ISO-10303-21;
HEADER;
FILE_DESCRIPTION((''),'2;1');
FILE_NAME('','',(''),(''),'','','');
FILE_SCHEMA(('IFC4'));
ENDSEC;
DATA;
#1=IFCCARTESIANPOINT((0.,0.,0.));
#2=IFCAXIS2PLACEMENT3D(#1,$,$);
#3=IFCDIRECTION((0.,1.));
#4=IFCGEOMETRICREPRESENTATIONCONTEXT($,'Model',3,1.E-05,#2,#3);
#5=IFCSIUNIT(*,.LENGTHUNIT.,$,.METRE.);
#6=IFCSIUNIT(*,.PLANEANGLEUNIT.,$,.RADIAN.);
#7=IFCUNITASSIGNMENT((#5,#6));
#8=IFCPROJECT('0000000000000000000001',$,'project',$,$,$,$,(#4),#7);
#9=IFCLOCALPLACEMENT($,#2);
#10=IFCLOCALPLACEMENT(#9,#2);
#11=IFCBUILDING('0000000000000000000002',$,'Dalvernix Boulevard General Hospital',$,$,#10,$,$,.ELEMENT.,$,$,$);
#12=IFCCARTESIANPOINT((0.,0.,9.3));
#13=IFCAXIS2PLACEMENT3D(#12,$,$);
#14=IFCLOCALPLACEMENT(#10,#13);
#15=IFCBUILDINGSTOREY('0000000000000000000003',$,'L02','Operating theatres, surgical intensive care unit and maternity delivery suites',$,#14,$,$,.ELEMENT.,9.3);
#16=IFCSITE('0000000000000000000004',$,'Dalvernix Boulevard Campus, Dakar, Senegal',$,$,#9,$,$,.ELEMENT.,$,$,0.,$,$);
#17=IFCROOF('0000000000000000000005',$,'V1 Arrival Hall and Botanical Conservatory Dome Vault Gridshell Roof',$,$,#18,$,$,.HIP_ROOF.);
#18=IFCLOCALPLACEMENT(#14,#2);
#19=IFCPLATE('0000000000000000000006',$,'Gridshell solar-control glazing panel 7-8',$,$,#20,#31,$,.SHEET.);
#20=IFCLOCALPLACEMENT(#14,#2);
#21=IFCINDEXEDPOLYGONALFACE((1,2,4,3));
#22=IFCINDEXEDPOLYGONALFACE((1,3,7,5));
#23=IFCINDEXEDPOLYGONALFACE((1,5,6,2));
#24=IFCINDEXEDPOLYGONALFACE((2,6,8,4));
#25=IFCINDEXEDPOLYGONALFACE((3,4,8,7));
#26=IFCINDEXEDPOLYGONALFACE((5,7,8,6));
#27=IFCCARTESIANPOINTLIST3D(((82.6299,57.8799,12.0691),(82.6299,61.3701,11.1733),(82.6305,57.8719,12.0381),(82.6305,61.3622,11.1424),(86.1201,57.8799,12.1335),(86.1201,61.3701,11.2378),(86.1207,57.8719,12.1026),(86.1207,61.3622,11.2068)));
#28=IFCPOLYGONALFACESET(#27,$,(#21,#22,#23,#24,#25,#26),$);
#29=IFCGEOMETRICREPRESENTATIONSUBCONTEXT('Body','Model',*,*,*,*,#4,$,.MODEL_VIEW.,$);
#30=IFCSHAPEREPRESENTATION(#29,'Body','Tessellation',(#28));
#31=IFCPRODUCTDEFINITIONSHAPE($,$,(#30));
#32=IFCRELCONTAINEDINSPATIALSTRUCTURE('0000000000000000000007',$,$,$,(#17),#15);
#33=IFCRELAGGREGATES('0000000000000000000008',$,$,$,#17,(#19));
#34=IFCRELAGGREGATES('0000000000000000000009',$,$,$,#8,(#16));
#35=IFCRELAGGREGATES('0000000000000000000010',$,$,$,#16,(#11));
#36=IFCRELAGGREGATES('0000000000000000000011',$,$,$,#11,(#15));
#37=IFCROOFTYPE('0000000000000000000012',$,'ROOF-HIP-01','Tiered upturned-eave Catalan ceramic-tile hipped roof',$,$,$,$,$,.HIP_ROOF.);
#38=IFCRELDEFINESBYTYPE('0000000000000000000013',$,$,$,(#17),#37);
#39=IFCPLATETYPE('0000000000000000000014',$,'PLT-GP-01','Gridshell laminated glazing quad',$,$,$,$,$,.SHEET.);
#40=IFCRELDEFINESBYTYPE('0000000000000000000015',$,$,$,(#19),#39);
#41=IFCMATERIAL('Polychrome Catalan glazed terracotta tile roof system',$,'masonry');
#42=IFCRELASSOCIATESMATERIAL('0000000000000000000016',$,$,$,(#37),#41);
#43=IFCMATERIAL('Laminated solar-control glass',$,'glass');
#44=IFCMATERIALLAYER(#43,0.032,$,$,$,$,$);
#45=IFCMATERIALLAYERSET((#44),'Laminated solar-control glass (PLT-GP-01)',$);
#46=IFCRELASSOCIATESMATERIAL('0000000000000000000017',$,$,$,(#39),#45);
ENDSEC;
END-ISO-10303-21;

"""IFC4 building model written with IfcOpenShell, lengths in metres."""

from ifc_helpers import new_model, si_unit, direction, frame, origin, place, context, subcontext, project, spatial, polyline, outline, extrude, material, layer, layer_set, type_object, element, aggregate, save


model = new_model("IFC4")

# Units and contexts
model_context = context("Model", 3, precision=1e-05, world=origin(), true_north=direction((0.0, 1.0)))
body_context = subcontext(model_context, "Body", "Model", "MODEL_VIEW")
ifc_project = project(units=[si_unit("LENGTHUNIT", "METRE"), si_unit("PLANEANGLEUNIT", "RADIAN")], contexts=[model_context])

# Site, building, storey
site_placement = place(None, origin())
site = spatial("IfcSite", under=ifc_project, at=site_placement, Name="Dalvernix Boulevard Campus, Dakar, Senegal", CompositionType="ELEMENT", RefElevation=0.0)
building_placement = place(site_placement, origin())
building = spatial("IfcBuilding", under=site, at=building_placement, Name="Dalvernix Boulevard General Hospital", CompositionType="ELEMENT")
storey_placement = place(building_placement, frame((0.0, 0.0, 9.3)))
storey = spatial("IfcBuildingStorey", under=building, at=storey_placement, Name="L02", Description="Operating theatres, surgical intensive care unit and maternity delivery suites", CompositionType="ELEMENT", Elevation=9.3)

# Roof, plate
ifc_material_1 = material(Name="Polychrome Catalan glazed terracotta tile roof system", Category="masonry")
roof_type = type_object("IfcRoofType", Name="ROOF-HIP-01", Description="Tiered upturned-eave Catalan ceramic-tile hipped roof", PredefinedType="HIP_ROOF", material=ifc_material_1)
roof_placement = place(storey_placement, origin())
roof = element("IfcRoof", 1, at=roof_placement, inside=storey, type_object=roof_type, Name="V1 Arrival Hall and Botanical Conservatory Dome Vault Gridshell Roof", PredefinedType="HIP_ROOF")
ifc_material_2 = material(Name="Laminated solar-control glass", Category="glass")
ifc_layer_1 = layer(ifc_material_2, 0.032)
ifc_layer_set_1 = layer_set([ifc_layer_1], Name="Laminated solar-control glass (PLT-GP-01)")
plate_type_1 = type_object("IfcPlateType", Name="PLT-GP-01", Description="Gridshell laminated glazing quad", PredefinedType="SHEET", material=ifc_layer_set_1)
plate_1_placement = place(storey_placement, frame((82.6299, 57.8799, 12.0691), z_axis=(-0.017884, 0.248549, 0.968454), x_axis=(0.99983, 0.0, 0.018464)))
plate_1 = element("IfcPlate", 2, at=plate_1_placement, type_object=plate_type_1, Name="Gridshell solar-control glazing panel 7-8", PredefinedType="SHEET", context=body_context, shape_type="SweptSolid", body=[
    extrude(outline(polyline([(0.0, 0.0), (3.4908, 0.0), (3.4743, 3.6033), (-0.0165, 3.6033), (0.0, 0.0)])), origin(), (0.0, 0.0, -1.0), 0.032),
])
aggregate(roof, [plate_1])

save(model, "model.ifc")
